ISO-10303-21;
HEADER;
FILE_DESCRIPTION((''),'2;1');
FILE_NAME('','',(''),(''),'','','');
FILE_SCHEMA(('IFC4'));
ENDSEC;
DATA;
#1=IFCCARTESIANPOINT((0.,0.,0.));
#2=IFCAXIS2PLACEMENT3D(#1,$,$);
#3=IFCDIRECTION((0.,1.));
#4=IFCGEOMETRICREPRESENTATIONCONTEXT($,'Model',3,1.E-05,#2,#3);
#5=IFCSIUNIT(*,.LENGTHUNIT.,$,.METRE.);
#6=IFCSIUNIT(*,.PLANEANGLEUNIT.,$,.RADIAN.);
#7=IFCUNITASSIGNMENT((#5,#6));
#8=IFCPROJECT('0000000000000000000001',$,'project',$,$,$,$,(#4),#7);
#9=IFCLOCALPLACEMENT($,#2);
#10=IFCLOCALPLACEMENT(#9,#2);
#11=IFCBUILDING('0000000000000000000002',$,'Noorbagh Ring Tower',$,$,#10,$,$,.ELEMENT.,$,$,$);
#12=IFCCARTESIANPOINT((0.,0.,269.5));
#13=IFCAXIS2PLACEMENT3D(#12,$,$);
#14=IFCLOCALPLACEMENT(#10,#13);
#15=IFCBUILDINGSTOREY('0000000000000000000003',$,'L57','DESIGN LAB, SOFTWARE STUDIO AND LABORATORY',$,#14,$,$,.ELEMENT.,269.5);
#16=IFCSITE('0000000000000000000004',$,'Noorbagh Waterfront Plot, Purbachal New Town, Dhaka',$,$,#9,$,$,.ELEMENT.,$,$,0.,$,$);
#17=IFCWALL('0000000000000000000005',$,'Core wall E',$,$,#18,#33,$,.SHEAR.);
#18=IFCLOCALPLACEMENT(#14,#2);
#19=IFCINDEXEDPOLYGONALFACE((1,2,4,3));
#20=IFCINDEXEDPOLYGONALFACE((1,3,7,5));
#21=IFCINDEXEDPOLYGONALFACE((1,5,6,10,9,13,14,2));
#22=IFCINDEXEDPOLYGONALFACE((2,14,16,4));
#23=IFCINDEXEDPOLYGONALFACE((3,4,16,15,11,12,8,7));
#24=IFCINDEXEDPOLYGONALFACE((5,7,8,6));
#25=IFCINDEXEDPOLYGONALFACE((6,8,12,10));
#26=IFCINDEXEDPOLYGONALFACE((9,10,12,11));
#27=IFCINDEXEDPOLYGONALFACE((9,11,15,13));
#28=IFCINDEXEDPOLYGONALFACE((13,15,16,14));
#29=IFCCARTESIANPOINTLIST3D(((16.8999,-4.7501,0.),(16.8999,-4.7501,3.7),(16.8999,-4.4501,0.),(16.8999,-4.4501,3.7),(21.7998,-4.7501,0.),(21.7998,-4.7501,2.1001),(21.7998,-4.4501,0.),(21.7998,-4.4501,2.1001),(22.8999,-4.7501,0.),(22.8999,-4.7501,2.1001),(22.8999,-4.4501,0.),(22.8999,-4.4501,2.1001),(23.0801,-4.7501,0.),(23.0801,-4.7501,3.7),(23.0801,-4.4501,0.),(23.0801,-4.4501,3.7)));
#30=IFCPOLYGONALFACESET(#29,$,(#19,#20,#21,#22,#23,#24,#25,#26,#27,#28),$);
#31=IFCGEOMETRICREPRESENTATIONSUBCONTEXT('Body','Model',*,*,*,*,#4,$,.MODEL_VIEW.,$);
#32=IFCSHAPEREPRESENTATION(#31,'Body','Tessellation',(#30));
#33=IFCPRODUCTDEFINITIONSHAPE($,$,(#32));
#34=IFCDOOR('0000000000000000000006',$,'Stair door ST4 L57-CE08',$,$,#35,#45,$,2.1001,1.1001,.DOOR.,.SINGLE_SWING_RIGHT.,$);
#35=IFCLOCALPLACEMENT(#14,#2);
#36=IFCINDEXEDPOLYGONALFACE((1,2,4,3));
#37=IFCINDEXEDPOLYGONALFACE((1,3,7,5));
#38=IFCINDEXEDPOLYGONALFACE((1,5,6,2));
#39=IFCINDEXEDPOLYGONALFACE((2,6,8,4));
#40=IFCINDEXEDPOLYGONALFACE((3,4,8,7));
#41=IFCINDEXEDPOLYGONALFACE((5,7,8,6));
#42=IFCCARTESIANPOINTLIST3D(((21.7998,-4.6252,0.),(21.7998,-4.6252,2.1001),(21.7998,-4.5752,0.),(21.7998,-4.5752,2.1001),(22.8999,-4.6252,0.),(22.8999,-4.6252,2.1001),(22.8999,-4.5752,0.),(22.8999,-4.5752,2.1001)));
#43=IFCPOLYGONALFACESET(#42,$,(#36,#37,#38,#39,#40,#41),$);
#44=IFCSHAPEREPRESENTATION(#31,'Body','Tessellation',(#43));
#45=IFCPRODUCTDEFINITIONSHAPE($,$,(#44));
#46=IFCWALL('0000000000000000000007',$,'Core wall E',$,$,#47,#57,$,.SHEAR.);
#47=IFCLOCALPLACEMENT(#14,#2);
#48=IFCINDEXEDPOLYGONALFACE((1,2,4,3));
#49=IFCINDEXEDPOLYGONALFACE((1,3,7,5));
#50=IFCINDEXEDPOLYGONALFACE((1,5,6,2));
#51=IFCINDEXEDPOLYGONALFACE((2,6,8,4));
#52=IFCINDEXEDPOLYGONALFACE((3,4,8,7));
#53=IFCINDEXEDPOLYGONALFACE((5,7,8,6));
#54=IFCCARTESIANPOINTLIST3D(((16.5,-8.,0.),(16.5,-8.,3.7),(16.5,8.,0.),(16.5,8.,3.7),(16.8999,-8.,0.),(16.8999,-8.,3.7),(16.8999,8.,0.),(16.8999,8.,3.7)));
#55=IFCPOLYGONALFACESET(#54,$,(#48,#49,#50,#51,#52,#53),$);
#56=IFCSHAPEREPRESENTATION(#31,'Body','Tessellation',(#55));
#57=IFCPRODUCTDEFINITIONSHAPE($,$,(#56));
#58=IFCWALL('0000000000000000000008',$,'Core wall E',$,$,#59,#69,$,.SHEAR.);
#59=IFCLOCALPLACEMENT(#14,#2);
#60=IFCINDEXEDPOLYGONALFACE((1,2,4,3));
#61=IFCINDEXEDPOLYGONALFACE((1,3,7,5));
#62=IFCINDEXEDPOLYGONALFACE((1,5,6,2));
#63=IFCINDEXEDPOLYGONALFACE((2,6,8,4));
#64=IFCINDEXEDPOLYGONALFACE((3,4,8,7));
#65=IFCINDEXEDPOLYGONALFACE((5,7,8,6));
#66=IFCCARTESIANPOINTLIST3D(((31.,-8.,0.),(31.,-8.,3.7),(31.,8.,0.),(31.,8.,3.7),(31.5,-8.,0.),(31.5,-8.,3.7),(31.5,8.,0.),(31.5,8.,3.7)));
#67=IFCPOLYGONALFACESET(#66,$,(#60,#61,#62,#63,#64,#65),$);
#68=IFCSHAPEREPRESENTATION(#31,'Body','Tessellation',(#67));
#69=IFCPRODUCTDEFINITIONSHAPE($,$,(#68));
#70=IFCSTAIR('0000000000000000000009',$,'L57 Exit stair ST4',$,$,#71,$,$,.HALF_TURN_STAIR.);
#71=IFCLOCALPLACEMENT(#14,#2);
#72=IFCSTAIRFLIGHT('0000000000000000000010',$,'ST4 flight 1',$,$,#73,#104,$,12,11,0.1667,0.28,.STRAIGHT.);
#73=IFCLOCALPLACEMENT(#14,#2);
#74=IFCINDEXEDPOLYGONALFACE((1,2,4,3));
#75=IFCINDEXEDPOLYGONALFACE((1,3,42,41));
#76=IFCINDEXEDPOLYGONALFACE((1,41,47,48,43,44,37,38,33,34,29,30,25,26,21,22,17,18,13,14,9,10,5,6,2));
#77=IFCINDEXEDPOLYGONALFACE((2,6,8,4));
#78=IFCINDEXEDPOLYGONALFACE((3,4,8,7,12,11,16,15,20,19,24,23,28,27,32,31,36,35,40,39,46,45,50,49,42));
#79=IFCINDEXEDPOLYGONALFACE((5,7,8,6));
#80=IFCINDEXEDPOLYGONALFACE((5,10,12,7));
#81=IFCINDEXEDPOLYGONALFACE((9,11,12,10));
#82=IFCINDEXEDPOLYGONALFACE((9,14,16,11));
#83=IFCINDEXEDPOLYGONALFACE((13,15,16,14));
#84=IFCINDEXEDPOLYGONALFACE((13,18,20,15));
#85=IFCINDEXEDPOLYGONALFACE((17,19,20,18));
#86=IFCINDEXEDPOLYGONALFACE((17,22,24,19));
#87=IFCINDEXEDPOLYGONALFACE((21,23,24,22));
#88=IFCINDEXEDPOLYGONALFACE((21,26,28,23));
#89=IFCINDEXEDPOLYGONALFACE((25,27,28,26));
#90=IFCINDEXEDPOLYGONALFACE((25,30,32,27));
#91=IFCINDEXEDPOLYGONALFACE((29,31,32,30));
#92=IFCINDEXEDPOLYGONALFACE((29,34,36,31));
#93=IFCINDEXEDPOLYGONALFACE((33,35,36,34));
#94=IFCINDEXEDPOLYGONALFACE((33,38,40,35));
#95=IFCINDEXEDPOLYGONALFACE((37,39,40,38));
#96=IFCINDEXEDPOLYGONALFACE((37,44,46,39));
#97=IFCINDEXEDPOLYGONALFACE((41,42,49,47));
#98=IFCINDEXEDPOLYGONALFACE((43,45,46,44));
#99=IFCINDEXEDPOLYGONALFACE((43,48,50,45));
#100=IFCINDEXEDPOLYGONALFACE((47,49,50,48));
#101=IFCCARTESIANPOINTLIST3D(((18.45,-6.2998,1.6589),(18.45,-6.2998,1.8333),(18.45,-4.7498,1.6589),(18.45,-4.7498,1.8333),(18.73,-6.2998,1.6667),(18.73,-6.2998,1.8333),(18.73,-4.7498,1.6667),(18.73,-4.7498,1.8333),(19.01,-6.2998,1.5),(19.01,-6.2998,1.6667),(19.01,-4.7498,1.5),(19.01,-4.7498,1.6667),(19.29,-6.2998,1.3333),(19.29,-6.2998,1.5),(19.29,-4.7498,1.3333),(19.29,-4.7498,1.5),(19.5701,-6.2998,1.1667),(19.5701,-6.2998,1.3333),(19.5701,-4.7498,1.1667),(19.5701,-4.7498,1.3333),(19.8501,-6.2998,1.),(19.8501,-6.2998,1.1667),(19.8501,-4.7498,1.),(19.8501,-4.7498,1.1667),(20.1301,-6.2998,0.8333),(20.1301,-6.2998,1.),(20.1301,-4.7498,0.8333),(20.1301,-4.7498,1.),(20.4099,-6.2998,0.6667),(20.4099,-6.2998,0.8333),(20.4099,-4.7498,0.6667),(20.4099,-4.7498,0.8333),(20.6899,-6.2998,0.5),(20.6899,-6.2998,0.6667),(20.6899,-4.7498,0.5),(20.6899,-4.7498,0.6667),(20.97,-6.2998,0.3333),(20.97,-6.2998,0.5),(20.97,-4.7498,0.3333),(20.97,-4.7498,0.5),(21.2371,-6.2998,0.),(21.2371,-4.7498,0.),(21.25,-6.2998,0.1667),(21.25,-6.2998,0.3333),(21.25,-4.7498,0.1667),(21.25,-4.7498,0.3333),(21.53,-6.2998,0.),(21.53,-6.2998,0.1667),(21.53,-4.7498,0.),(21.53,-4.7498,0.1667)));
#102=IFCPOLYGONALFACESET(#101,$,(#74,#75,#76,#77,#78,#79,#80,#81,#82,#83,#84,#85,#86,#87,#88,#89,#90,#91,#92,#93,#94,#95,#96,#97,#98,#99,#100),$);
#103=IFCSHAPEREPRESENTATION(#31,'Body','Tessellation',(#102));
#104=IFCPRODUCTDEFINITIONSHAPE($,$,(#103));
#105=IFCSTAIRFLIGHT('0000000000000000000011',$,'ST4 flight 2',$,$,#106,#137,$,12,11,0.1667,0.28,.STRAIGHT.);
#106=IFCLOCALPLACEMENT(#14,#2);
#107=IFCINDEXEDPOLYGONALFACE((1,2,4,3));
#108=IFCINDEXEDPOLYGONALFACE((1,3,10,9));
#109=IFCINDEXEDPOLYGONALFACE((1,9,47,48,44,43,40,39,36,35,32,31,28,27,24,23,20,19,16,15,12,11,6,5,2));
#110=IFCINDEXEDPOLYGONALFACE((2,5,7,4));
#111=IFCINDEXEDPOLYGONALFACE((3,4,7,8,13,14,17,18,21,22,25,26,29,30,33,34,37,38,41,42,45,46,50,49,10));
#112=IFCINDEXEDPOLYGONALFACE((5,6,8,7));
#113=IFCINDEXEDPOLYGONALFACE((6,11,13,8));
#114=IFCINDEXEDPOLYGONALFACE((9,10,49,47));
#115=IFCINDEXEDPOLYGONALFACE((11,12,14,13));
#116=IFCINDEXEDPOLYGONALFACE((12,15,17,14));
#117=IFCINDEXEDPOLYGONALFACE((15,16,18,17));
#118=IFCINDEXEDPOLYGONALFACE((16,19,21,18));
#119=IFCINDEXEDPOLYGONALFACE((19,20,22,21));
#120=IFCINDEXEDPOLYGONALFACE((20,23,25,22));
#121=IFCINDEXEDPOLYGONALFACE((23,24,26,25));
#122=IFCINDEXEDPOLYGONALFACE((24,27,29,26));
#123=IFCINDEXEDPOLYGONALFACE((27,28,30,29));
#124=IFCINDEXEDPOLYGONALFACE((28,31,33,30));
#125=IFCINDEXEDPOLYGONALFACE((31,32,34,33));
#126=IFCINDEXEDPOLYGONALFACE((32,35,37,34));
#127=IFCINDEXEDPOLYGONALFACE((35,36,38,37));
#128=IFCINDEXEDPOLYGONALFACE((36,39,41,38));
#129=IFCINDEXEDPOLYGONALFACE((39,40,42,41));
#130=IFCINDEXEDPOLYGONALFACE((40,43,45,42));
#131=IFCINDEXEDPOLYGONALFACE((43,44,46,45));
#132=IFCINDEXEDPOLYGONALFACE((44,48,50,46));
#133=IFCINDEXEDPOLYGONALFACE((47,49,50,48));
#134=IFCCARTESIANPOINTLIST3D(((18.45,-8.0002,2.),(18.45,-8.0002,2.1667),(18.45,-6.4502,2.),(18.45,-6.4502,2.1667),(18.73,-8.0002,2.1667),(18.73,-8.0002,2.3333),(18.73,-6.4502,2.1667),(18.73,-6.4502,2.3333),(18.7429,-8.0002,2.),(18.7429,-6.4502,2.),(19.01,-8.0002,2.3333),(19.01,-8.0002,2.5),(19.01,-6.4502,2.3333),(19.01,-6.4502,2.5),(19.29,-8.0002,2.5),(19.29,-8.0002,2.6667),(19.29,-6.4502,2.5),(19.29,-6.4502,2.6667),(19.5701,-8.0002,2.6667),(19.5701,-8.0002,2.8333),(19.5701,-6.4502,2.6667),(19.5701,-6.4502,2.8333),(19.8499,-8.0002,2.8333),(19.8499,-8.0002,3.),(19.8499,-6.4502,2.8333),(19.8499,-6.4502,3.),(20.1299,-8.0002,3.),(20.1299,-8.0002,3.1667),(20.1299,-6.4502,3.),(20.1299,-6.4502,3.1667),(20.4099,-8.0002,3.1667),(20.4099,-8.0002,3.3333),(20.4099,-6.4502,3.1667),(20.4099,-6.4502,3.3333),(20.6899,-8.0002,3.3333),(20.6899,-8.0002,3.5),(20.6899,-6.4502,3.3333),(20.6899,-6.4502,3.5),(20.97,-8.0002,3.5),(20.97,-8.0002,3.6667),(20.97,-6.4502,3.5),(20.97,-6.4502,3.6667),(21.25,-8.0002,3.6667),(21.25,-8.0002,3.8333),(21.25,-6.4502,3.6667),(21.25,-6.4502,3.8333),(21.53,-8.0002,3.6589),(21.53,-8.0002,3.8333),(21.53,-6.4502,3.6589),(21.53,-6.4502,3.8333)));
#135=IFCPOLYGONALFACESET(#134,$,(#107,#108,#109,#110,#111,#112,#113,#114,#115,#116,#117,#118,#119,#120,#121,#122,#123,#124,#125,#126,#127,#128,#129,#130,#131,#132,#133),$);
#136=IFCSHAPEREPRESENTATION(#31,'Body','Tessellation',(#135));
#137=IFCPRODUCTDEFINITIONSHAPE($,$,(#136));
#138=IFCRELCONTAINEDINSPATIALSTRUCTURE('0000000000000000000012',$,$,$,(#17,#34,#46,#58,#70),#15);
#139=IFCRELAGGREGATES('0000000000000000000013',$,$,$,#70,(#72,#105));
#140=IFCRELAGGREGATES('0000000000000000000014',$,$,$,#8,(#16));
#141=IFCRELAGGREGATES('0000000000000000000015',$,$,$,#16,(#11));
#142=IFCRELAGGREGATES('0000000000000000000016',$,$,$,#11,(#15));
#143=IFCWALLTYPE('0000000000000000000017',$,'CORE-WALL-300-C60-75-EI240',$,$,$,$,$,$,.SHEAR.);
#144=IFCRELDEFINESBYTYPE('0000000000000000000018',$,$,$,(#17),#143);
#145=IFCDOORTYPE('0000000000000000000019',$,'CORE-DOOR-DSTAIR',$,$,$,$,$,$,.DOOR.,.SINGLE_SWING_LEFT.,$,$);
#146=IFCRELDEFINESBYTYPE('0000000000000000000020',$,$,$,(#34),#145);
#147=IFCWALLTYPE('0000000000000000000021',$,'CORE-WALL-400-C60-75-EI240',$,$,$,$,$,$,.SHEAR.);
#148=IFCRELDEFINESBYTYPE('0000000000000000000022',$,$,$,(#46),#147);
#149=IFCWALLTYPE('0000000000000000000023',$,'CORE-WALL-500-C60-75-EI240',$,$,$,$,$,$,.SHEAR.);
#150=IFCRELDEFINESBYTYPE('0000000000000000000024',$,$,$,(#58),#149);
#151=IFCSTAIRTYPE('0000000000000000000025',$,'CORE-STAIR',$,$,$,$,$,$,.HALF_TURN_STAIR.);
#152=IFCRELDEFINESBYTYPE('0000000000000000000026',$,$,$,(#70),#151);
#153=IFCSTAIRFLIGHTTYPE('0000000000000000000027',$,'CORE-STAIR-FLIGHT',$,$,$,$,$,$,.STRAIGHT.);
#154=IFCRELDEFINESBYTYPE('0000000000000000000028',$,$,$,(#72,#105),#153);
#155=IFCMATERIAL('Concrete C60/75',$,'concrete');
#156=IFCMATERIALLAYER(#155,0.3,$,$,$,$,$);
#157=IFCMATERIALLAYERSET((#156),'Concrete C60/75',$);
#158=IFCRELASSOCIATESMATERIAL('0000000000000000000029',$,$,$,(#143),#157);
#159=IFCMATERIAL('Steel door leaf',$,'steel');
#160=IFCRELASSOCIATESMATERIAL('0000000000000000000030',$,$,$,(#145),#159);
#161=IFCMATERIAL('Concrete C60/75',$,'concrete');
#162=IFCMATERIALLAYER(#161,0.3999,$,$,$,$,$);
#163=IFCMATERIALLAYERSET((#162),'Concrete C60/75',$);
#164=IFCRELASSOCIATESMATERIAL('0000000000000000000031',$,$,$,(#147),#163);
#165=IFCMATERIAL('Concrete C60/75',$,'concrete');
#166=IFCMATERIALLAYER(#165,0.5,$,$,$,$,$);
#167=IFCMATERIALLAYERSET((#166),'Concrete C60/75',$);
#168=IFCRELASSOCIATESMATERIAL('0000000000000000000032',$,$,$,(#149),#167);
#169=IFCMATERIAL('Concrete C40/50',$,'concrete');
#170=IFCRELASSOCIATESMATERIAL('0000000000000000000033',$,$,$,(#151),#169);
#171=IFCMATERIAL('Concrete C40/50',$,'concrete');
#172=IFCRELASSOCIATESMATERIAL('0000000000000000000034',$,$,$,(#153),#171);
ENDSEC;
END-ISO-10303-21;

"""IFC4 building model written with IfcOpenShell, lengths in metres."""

from ifc_helpers import new_model, si_unit, direction, frame, frame_2d, origin, place, context, subcontext, project, spatial, polyline, rectangle, outline, extrude, material, layer, layer_set, type_object, element, fill, aggregate, save


model = new_model("IFC4")

# Units and contexts
model_context = context("Model", 3, precision=1e-05, world=origin(), true_north=direction((0.0, 1.0)))
body_context = subcontext(model_context, "Body", "Model", "MODEL_VIEW")
ifc_project = project(units=[si_unit("LENGTHUNIT", "METRE"), si_unit("PLANEANGLEUNIT", "RADIAN")], contexts=[model_context])

# Site, building, storey
site_placement = place(None, origin())
site = spatial("IfcSite", under=ifc_project, at=site_placement, Name="Noorbagh Waterfront Plot, Purbachal New Town, Dhaka", CompositionType="ELEMENT", RefElevation=0.0)
building_placement = place(site_placement, origin())
building = spatial("IfcBuilding", under=site, at=building_placement, Name="Noorbagh Ring Tower", CompositionType="ELEMENT")
storey_placement = place(building_placement, frame((0.0, 0.0, 269.5)))
storey = spatial("IfcBuildingStorey", under=building, at=storey_placement, Name="L57", Description="DESIGN LAB, SOFTWARE STUDIO AND LABORATORY", CompositionType="ELEMENT", Elevation=269.5)

# Shared definitions
ifc_material_1 = material(Name="Concrete C60/75", Category="concrete")
ifc_layer_1 = layer(ifc_material_1, 0.3)
ifc_layer_set_1 = layer_set([ifc_layer_1], Name="Concrete C60/75")
wall_type_1 = type_object("IfcWallType", Name="CORE-WALL-300-C60-75-EI240", PredefinedType="SHEAR", material=ifc_layer_set_1)

# Wall, opening, door
wall_1_placement = place(storey_placement, frame((16.8999, -4.6001, 0.0), z_axis=(0.0, 0.0, 1.0), x_axis=(1.0, 0.0, 0.0)))
wall_1 = element("IfcWall", 1, at=wall_1_placement, inside=storey, type_object=wall_type_1, Name="Core wall E", PredefinedType="SHEAR", context=body_context, shape_type="SweptSolid", body=[
    extrude(rectangle(XDim=6.1802, YDim=0.3, at=frame_2d((3.0901, 0.0))), origin(), (0.0, 0.0, 1.0), 3.7),
])
opening_1_placement = place(wall_1_placement, frame((4.8999, 0.0, 0.0)))
opening_1 = element("IfcOpeningElement", 2, at=opening_1_placement, cuts=wall_1, PredefinedType="OPENING", context=body_context, shape_type="SweptSolid", body=[
    extrude(rectangle(XDim=1.1001, YDim=2.1001, at=frame_2d((0.55, 1.05))), frame((0.0, 0.1602, 0.0), z_axis=(0.0, -1.0, 0.0), x_axis=(1.0, 0.0, 0.0)), (0.0, 0.0, 1.0), 0.3201),
])
ifc_material_2 = material(Name="Steel door leaf", Category="steel")
door_type_1 = type_object("IfcDoorType", Name="CORE-DOOR-DSTAIR", OperationType="SINGLE_SWING_LEFT", PredefinedType="DOOR", material=ifc_material_2)
door_1_placement = place(opening_1_placement, origin())
door_1 = element("IfcDoor", 3, at=door_1_placement, inside=storey, type_object=door_type_1, Name="Stair door ST4 L57-CE08", OperationType="SINGLE_SWING_RIGHT", OverallHeight=2.1001, OverallWidth=1.1001, PredefinedType="DOOR", context=body_context, shape_type="SweptSolid", body=[
    extrude(rectangle(XDim=1.1001, YDim=2.1001, at=frame_2d((0.55, 1.05))), frame((0.0, 0.0249, 0.0), z_axis=(0.0, -1.0, 0.0), x_axis=(1.0, 0.0, 0.0)), (0.0, 0.0, 1.0), 0.05),
])
fill(opening_1, door_1)

# Walls
ifc_material_3 = material(Name="Concrete C60/75", Category="concrete")
ifc_layer_2 = layer(ifc_material_3, 0.3999)
ifc_layer_set_2 = layer_set([ifc_layer_2], Name="Concrete C60/75")
wall_type_2 = type_object("IfcWallType", Name="CORE-WALL-400-C60-75-EI240", PredefinedType="SHEAR", material=ifc_layer_set_2)
wall_2_placement = place(storey_placement, frame((16.7, -8.0, 0.0), z_axis=(0.0, 0.0, 1.0), x_axis=(0.0, 1.0, 0.0)))
element("IfcWall", 4, at=wall_2_placement, inside=storey, type_object=wall_type_2, Name="Core wall E", PredefinedType="SHEAR", context=body_context, shape_type="SweptSolid", body=[
    extrude(rectangle(XDim=16.0, YDim=0.3999, at=frame_2d((8.0, 0.0))), origin(), (0.0, 0.0, 1.0), 3.7),
])
ifc_material_4 = material(Name="Concrete C60/75", Category="concrete")
ifc_layer_3 = layer(ifc_material_4, 0.5)
ifc_layer_set_3 = layer_set([ifc_layer_3], Name="Concrete C60/75")
wall_type_3 = type_object("IfcWallType", Name="CORE-WALL-500-C60-75-EI240", PredefinedType="SHEAR", material=ifc_layer_set_3)
wall_3_placement = place(storey_placement, frame((31.25, -8.0, 0.0), z_axis=(0.0, 0.0, 1.0), x_axis=(0.0, 1.0, 0.0)))
element("IfcWall", 5, at=wall_3_placement, inside=storey, type_object=wall_type_3, Name="Core wall E", PredefinedType="SHEAR", context=body_context, shape_type="SweptSolid", body=[
    extrude(rectangle(XDim=16.0, YDim=0.5, at=frame_2d((8.0, 0.0))), origin(), (0.0, 0.0, 1.0), 3.7),
])

# Stair, stair flights
ifc_material_5 = material(Name="Concrete C40/50", Category="concrete")
stair_type = type_object("IfcStairType", Name="CORE-STAIR", PredefinedType="HALF_TURN_STAIR", material=ifc_material_5)
stair_placement = place(storey_placement, origin())
stair = element("IfcStair", 6, at=stair_placement, inside=storey, type_object=stair_type, Name="L57 Exit stair ST4", PredefinedType="HALF_TURN_STAIR")
ifc_material_6 = material(Name="Concrete C40/50", Category="concrete")
stair_flight_type = type_object("IfcStairFlightType", Name="CORE-STAIR-FLIGHT", PredefinedType="STRAIGHT", material=ifc_material_6)
stair_flight_1_placement = place(storey_placement, frame((21.53, -5.5249, 0.0), z_axis=(0.0, 0.0, 1.0), x_axis=(-1.0, 0.0, 0.0)))
stair_flight_1 = element("IfcStairFlight", 7, at=stair_flight_1_placement, type_object=stair_flight_type, Name="ST4 flight 1", NumberOfRisers=12, NumberOfTreads=11, PredefinedType="STRAIGHT", RiserHeight=0.1667, TreadLength=0.28, context=body_context, shape_type="SweptSolid", body=[
    extrude(outline(polyline([(0.0, 0.0), (0.0, 0.1667), (0.28, 0.1667), (0.28, 0.3333), (0.5601, 0.3333), (0.5601, 0.5), (0.8401, 0.5), (0.8401, 0.6667), (1.1201, 0.6667), (1.1201, 0.8333), (1.3999, 0.8333), (1.3999, 1.0), (1.6799, 1.0), (1.6799, 1.1667), (1.96, 1.1667), (1.96, 1.3333), (2.24, 1.3333), (2.24, 1.5), (2.52, 1.5), (2.52, 1.6667), (2.8, 1.6667), (2.8, 1.8333), (3.0801, 1.8333), (3.0801, 2.0), (3.0801, 1.6589), (0.293, 0.0), (0.0, 0.0)])), frame((0.0, 0.7749, 0.0), z_axis=(0.0, -1.0, 0.0), x_axis=(1.0, 0.0, 0.0)), (0.0, 0.0, 1.0), 1.55),
])
stair_flight_2_placement = place(storey_placement, frame((18.45, -7.2251, 2.0), z_axis=(0.0, 0.0, 1.0), x_axis=(1.0, 0.0, 0.0)))
stair_flight_2 = element("IfcStairFlight", 8, at=stair_flight_2_placement, type_object=stair_flight_type, Name="ST4 flight 2", NumberOfRisers=12, NumberOfTreads=11, PredefinedType="STRAIGHT", RiserHeight=0.1667, TreadLength=0.28, context=body_context, shape_type="SweptSolid", body=[
    extrude(outline(polyline([(0.0, 0.0), (0.0, 0.1667), (0.28, 0.1667), (0.28, 0.3333), (0.5601, 0.3333), (0.5601, 0.5), (0.8401, 0.5), (0.8401, 0.6667), (1.1201, 0.6667), (1.1201, 0.8333), (1.3999, 0.8333), (1.3999, 1.0), (1.6799, 1.0), (1.6799, 1.1667), (1.96, 1.1667), (1.96, 1.3333), (2.24, 1.3333), (2.24, 1.5), (2.52, 1.5), (2.52, 1.6667), (2.8, 1.6667), (2.8, 1.8333), (3.0801, 1.8333), (3.0801, 2.0), (3.0801, 1.6589), (0.293, 0.0), (0.0, 0.0)])), frame((0.0, 0.7749, 0.0), z_axis=(0.0, -1.0, 0.0), x_axis=(1.0, 0.0, 0.0)), (0.0, 0.0, 1.0), 1.55),
])
aggregate(stair, [stair_flight_1, stair_flight_2])

save(model, "model.ifc")
